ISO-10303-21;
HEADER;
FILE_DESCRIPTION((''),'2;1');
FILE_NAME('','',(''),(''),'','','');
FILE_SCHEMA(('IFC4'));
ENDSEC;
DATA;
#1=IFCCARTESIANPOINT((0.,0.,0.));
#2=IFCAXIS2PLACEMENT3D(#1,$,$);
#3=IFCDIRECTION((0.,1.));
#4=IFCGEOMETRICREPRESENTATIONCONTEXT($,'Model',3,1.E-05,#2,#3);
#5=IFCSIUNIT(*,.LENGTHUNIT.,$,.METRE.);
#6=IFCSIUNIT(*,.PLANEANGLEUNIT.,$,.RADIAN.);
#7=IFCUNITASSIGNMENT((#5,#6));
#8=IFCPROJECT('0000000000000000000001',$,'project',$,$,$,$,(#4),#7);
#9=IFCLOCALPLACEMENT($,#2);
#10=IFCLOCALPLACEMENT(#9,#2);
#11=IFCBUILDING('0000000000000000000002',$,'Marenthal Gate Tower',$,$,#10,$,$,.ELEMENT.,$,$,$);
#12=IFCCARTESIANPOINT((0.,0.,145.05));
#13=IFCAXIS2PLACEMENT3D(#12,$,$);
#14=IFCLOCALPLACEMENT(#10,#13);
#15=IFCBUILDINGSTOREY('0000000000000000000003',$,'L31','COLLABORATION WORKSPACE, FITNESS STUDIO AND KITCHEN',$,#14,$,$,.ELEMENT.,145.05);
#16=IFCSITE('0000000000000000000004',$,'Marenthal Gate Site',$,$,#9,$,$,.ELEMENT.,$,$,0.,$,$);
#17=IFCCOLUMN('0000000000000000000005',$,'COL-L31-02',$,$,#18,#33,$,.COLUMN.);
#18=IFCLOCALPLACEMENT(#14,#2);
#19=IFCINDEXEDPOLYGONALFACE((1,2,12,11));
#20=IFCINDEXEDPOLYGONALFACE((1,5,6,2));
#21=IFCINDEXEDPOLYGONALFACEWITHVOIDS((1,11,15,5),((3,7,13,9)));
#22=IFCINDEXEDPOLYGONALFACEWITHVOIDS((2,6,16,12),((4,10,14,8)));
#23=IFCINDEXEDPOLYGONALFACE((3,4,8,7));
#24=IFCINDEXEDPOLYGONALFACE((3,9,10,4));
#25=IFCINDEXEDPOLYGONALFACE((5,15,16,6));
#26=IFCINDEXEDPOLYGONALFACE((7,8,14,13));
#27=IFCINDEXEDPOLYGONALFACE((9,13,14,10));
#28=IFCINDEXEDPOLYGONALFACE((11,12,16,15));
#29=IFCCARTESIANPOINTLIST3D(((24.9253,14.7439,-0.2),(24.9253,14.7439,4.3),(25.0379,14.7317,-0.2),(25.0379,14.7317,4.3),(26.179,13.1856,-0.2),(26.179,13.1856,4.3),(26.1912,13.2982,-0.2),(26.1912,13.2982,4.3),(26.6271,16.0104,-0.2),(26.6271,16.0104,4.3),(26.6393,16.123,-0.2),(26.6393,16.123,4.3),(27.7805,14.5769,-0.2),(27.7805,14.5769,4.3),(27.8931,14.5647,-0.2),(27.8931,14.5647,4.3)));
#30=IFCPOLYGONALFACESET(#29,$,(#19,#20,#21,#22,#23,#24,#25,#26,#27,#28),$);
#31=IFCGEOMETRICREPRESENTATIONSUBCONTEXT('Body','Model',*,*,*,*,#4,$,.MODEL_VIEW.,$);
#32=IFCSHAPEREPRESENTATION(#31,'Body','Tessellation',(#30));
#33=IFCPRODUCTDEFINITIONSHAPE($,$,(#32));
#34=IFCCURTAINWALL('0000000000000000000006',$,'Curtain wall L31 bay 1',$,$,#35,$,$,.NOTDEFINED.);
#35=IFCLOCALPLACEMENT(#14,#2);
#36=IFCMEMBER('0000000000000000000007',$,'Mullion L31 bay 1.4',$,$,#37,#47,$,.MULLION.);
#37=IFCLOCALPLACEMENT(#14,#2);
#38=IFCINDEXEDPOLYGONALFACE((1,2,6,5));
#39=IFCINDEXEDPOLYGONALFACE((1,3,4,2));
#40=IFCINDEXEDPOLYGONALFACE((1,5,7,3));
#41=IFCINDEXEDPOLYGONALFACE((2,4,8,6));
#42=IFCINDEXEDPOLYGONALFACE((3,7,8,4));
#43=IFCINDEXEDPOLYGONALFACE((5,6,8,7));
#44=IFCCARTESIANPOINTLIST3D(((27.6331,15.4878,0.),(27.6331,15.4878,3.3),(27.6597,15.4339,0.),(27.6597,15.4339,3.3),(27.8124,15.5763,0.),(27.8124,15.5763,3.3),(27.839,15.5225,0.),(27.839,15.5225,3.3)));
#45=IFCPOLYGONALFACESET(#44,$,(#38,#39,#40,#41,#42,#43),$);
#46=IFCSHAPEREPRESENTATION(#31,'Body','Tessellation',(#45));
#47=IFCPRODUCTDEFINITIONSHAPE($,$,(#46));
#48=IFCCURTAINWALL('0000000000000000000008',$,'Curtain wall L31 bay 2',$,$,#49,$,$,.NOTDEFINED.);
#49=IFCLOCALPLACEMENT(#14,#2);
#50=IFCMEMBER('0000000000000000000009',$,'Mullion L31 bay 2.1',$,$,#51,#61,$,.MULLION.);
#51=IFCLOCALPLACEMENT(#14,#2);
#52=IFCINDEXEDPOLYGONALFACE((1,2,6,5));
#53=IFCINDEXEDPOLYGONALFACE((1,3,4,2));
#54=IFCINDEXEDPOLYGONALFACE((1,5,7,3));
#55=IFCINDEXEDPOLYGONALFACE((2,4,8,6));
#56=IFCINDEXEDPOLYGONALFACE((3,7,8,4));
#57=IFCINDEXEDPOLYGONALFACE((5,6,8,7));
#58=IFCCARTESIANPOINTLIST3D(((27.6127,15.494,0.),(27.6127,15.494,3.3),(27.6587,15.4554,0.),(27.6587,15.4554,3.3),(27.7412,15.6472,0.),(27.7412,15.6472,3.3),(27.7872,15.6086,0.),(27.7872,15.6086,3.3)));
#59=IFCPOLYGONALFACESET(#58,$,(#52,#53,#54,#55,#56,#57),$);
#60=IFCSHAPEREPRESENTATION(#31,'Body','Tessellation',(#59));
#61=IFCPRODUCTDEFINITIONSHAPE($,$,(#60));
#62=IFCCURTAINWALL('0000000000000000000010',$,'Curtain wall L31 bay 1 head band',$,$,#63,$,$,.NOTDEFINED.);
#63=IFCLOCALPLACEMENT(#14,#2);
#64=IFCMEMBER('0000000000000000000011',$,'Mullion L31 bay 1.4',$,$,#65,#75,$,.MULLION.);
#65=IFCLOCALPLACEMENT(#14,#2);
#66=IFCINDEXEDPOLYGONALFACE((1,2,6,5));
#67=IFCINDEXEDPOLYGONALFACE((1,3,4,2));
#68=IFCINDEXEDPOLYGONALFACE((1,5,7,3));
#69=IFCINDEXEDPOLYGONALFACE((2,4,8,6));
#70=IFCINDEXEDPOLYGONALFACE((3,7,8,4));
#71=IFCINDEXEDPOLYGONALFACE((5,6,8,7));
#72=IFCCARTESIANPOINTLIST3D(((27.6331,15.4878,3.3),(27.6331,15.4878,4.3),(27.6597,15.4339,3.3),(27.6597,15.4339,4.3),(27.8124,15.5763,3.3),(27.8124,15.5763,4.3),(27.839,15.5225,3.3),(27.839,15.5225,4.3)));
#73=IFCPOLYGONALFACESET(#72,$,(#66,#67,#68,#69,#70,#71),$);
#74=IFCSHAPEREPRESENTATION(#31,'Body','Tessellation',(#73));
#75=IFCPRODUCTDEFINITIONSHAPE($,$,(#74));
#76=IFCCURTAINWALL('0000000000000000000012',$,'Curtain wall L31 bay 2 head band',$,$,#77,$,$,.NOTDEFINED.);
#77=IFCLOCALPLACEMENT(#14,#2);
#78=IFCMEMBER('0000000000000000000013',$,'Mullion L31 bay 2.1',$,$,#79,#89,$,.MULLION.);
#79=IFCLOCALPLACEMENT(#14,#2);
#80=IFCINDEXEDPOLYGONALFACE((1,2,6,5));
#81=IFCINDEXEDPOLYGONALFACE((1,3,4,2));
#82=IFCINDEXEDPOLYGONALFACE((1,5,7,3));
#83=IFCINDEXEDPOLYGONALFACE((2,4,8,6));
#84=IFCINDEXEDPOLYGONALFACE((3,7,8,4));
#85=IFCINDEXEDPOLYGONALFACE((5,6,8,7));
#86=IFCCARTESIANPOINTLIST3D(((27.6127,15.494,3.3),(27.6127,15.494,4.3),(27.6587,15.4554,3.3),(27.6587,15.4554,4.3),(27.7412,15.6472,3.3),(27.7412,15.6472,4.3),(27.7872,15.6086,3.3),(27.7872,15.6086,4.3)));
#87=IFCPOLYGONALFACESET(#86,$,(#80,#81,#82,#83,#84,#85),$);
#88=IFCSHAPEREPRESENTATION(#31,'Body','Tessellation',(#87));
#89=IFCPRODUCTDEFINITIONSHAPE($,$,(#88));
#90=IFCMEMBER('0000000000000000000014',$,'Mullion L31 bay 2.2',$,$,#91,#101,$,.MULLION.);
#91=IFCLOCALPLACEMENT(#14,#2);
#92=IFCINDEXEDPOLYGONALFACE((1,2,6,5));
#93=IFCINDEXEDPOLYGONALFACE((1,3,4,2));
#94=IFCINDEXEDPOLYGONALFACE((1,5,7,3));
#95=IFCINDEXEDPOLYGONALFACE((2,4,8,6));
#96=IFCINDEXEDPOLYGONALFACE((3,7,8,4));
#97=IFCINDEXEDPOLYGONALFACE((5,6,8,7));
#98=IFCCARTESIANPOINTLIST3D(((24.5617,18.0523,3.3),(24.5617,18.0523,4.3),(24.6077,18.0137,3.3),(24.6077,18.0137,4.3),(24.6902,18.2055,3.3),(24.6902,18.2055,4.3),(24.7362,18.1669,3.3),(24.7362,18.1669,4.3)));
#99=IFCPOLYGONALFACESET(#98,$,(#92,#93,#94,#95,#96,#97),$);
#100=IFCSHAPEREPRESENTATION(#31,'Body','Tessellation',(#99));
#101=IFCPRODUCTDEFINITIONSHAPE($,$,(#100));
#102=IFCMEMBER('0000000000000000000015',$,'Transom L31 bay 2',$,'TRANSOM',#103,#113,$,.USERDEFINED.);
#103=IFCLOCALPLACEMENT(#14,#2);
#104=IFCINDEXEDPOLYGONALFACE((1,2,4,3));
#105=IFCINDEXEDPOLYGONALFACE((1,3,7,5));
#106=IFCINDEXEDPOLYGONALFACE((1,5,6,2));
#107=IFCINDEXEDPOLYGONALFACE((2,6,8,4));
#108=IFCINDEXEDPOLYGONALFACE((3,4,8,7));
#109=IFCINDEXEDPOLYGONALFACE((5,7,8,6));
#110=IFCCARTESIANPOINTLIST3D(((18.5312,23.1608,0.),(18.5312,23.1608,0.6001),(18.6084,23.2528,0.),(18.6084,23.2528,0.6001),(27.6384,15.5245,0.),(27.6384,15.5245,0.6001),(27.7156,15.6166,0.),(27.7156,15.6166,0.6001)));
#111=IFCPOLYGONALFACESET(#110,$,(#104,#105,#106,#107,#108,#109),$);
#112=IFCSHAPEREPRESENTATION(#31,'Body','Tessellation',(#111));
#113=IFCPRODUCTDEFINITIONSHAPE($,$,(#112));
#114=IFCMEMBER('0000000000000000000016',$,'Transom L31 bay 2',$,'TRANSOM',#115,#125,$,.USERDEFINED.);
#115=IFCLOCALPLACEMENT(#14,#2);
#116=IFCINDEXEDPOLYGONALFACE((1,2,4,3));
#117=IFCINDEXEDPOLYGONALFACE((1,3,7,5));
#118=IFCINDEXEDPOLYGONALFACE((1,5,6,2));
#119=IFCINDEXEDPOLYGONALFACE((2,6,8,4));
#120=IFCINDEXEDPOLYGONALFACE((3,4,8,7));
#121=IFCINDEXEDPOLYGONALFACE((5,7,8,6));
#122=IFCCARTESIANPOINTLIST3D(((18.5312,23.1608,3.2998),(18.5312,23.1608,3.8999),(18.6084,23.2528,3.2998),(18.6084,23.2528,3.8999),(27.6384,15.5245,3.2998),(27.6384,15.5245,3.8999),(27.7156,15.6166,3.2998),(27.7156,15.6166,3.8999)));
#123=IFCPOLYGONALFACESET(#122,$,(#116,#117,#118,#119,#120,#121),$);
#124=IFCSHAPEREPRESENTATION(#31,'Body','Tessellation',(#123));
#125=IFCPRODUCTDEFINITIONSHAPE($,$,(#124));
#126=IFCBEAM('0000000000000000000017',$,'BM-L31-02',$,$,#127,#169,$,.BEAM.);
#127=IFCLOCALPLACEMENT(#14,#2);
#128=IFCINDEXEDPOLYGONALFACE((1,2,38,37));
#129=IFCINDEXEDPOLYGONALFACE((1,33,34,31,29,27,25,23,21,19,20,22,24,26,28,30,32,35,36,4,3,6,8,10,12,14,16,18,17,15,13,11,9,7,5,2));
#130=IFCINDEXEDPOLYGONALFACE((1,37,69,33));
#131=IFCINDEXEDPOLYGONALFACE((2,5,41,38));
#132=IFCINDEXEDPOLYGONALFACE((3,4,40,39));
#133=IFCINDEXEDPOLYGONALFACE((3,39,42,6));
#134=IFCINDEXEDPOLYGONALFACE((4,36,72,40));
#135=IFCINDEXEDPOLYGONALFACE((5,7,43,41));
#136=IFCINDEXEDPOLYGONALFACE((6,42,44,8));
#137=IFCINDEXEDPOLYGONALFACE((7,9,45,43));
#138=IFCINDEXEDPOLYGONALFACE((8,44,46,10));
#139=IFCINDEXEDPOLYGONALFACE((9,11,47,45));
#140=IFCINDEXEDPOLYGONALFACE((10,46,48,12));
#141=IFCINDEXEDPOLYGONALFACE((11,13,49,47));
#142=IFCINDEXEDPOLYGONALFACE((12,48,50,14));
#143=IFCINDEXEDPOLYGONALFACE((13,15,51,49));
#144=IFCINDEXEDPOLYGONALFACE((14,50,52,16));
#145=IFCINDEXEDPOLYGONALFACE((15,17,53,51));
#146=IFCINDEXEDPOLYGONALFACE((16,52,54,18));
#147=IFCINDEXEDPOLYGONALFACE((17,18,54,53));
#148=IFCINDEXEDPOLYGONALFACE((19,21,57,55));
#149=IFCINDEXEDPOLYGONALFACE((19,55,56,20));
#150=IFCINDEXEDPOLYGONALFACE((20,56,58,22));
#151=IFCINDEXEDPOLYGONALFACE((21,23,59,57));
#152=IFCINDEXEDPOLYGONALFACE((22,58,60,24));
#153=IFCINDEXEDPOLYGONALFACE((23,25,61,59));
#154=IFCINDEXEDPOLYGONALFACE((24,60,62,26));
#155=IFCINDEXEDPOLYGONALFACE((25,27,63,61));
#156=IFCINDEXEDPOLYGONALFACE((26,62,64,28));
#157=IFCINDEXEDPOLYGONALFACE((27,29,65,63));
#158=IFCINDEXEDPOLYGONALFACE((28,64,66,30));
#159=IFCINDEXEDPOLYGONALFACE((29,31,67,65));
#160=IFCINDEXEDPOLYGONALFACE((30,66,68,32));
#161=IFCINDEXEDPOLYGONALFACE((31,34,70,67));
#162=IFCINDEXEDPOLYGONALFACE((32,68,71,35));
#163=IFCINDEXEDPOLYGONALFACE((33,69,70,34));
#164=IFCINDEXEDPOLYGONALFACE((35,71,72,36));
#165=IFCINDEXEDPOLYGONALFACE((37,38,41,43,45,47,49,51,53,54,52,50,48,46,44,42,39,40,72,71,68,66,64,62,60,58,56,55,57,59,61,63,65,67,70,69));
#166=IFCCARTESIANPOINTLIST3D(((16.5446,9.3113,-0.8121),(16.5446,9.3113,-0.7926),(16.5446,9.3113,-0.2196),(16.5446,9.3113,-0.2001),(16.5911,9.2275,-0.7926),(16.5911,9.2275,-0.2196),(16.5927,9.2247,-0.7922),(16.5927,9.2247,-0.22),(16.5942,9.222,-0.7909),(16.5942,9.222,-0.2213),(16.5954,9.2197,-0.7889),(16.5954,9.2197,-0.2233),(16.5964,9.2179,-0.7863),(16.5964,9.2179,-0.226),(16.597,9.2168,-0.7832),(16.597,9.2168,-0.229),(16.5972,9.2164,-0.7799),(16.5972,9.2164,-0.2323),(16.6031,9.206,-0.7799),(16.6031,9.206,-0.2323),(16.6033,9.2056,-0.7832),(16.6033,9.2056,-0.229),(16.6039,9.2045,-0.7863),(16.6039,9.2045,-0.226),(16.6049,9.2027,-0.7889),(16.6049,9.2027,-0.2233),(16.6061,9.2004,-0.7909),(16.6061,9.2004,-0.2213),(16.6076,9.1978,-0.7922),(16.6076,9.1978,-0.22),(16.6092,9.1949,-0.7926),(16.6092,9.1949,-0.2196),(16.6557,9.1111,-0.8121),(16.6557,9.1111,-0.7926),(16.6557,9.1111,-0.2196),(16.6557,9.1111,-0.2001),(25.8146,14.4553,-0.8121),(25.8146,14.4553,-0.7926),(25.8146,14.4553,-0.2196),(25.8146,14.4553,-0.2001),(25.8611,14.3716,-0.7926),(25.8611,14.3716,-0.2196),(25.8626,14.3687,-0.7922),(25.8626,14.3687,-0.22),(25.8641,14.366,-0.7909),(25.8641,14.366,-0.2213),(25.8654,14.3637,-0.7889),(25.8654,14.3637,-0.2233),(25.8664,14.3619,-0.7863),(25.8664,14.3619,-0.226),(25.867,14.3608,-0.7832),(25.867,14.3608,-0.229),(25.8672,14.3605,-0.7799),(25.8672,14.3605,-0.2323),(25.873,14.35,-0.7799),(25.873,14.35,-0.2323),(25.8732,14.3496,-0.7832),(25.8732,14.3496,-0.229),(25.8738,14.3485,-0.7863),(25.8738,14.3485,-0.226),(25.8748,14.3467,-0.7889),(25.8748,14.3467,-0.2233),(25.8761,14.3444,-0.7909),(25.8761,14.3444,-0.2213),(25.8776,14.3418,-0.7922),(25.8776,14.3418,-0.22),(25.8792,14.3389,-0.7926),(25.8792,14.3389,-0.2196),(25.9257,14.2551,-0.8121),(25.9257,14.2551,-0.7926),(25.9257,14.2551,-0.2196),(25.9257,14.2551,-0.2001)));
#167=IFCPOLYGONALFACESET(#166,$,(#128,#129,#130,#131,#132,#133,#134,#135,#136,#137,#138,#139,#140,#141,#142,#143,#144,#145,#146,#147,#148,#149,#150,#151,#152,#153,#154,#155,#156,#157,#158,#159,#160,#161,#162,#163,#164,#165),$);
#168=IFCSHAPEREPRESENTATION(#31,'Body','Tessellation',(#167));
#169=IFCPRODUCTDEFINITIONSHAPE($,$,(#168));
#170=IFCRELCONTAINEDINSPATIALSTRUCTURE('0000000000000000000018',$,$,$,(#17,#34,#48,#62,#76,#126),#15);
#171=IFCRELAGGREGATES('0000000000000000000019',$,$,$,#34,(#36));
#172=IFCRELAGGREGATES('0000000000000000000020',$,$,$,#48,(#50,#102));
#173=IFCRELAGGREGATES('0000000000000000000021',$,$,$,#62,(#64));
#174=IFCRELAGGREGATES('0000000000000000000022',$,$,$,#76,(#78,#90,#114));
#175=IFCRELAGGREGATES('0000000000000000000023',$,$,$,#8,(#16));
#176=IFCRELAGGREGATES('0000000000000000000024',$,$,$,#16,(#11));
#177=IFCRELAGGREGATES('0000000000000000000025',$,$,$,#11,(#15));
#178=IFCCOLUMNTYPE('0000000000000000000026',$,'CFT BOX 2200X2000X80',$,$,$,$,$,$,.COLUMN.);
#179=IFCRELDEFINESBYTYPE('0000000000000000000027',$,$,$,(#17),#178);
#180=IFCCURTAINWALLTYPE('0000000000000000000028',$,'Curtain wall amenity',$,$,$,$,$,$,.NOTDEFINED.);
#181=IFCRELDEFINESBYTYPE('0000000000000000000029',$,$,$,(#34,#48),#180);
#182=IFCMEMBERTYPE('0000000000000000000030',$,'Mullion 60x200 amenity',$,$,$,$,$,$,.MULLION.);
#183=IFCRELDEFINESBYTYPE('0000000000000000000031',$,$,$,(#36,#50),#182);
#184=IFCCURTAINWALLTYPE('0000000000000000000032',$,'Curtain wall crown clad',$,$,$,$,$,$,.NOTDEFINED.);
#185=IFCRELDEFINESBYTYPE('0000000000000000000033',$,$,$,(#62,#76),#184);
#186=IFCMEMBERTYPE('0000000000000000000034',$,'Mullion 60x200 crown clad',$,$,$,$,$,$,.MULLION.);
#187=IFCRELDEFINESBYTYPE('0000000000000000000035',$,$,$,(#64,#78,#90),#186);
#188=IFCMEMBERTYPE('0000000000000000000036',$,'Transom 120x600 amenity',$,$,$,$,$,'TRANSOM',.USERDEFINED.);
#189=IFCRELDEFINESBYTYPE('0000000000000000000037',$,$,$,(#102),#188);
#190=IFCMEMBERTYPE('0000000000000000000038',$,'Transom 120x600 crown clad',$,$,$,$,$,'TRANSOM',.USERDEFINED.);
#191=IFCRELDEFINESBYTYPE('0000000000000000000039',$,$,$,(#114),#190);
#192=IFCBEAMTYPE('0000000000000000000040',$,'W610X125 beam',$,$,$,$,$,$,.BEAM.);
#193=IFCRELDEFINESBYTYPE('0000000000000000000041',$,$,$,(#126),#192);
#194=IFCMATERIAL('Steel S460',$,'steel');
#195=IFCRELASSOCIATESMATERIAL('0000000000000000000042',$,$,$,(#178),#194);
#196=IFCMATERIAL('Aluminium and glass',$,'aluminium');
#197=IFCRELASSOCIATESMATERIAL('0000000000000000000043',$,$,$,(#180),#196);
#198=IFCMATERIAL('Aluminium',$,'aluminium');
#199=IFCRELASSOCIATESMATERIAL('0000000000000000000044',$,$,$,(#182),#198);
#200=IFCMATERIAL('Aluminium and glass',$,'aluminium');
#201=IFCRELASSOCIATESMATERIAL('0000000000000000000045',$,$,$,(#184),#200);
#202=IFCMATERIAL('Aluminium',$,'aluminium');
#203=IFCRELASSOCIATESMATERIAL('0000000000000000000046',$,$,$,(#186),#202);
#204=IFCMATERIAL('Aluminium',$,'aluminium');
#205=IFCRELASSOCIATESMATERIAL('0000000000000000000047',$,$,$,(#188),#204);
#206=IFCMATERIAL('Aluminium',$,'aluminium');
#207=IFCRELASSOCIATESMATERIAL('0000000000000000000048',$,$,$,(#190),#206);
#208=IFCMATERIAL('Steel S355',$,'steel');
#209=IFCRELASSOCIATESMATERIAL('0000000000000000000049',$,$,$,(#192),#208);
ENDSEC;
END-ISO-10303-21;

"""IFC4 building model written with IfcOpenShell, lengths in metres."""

from ifc_helpers import new_model, si_unit, direction, frame, origin, origin_2d, place, context, subcontext, project, spatial, rectangle, hollow_rectangle, i_section, extrude, material, material_profile, profile_set, type_object, element, aggregate, save


model = new_model("IFC4")

# Units and contexts
model_context = context("Model", 3, precision=1e-05, world=origin(), true_north=direction((0.0, 1.0)))
body_context = subcontext(model_context, "Body", "Model", "MODEL_VIEW")
ifc_project = project(units=[si_unit("LENGTHUNIT", "METRE"), si_unit("PLANEANGLEUNIT", "RADIAN")], contexts=[model_context])

# Site, building, storey
site_placement = place(None, origin())
site = spatial("IfcSite", under=ifc_project, at=site_placement, Name="Marenthal Gate Site", CompositionType="ELEMENT", RefElevation=0.0)
building_placement = place(site_placement, origin())
building = spatial("IfcBuilding", under=site, at=building_placement, Name="Marenthal Gate Tower", CompositionType="ELEMENT")
storey_placement = place(building_placement, frame((0.0, 0.0, 145.05)))
storey = spatial("IfcBuildingStorey", under=building, at=storey_placement, Name="L31", Description="COLLABORATION WORKSPACE, FITNESS STUDIO AND KITCHEN", CompositionType="ELEMENT", Elevation=145.05)

# Column
ifc_material_1 = material(Name="Steel S460", Category="steel")
ifc_material_profile_1 = material_profile(ifc_material_1, hollow_rectangle(XDim=2.0, YDim=2.2, WallThickness=0.0801, at=origin_2d()), Name="CFT BOX 2200X2000X80")
ifc_material_2 = material(Name="Concrete 70 MPa", Category="concrete")
ifc_material_profile_2 = material_profile(ifc_material_2, rectangle(XDim=1.8401, YDim=2.04, at=origin_2d()), Name="CFT BOX 2200X2000X80 INFILL")
ifc_profile_set_1 = profile_set([ifc_material_profile_1, ifc_material_profile_2], Name="Steel S460 shell, Concrete 70 MPa infill")
column_type = type_object("IfcColumnType", Name="CFT BOX 2200X2000X80", PredefinedType="COLUMN", material=ifc_profile_set_1)
column_placement = place(storey_placement, frame((26.4092, 14.6543, -0.2), z_axis=(0.0, 0.0, 1.0), x_axis=(0.626873, -0.779121, 0.0)))
element("IfcColumn", 1, at=column_placement, inside=storey, type_object=column_type, Name="COL-L31-02", PredefinedType="COLUMN", context=body_context, shape_type="SweptSolid", body=[
    extrude(hollow_rectangle(XDim=2.0, YDim=2.2, WallThickness=0.0801, at=origin_2d()), origin(), (0.0, 0.0, 1.0), 4.5),
])

# Curtain walls, members
ifc_material_3 = material(Name="Aluminium and glass", Category="aluminium")
curtain_wall_type_1 = type_object("IfcCurtainWallType", Name="Curtain wall amenity", PredefinedType="NOTDEFINED", material=ifc_material_3)
curtain_wall_1_placement = place(storey_placement, origin())
curtain_wall_1 = element("IfcCurtainWall", 2, at=curtain_wall_1_placement, inside=storey, type_object=curtain_wall_type_1, Name="Curtain wall L31 bay 1", PredefinedType="NOTDEFINED")
ifc_material_4 = material(Name="Aluminium", Category="aluminium")
ifc_material_profile_3 = material_profile(ifc_material_4, rectangle(XDim=0.2, YDim=0.0601, at=origin_2d()), Name="60x200 aluminium mullion")
ifc_profile_set_2 = profile_set([ifc_material_profile_3], Name="Aluminium")
member_type_1 = type_object("IfcMemberType", Name="Mullion 60x200 amenity", PredefinedType="MULLION", material=ifc_profile_set_2)
member_1_placement = place(storey_placement, frame((27.7361, 15.5051, 0.0), z_axis=(0.0, 0.0, 1.0), x_axis=(-0.896573, -0.442895, 0.0)))
member_1 = element("IfcMember", 3, at=member_1_placement, type_object=member_type_1, Name="Mullion L31 bay 1.4", PredefinedType="MULLION", context=body_context, shape_type="SweptSolid", body=[
    extrude(rectangle(XDim=0.2, YDim=0.0601, at=origin_2d()), origin(), (0.0, 0.0, 1.0), 3.3),
])
curtain_wall_2_placement = place(storey_placement, origin())
curtain_wall_2 = element("IfcCurtainWall", 4, at=curtain_wall_2_placement, inside=storey, type_object=curtain_wall_type_1, Name="Curtain wall L31 bay 2", PredefinedType="NOTDEFINED")
member_2_placement = place(storey_placement, frame((27.7, 15.5513, 0.0), z_axis=(0.0, 0.0, 1.0), x_axis=(-0.642511, -0.766277, 0.0)))
member_2 = element("IfcMember", 5, at=member_2_placement, type_object=member_type_1, Name="Mullion L31 bay 2.1", PredefinedType="MULLION", context=body_context, shape_type="SweptSolid", body=[
    extrude(rectangle(XDim=0.2, YDim=0.0601, at=origin_2d()), origin(), (0.0, 0.0, 1.0), 3.3),
])
ifc_material_5 = material(Name="Aluminium and glass", Category="aluminium")
curtain_wall_type_2 = type_object("IfcCurtainWallType", Name="Curtain wall crown clad", PredefinedType="NOTDEFINED", material=ifc_material_5)
curtain_wall_3_placement = place(storey_placement, origin())
curtain_wall_3 = element("IfcCurtainWall", 6, at=curtain_wall_3_placement, inside=storey, type_object=curtain_wall_type_2, Name="Curtain wall L31 bay 1 head band", PredefinedType="NOTDEFINED")
ifc_material_6 = material(Name="Aluminium", Category="aluminium")
ifc_material_profile_4 = material_profile(ifc_material_6, rectangle(XDim=0.2, YDim=0.0601, at=origin_2d()), Name="60x200 aluminium mullion")
ifc_profile_set_3 = profile_set([ifc_material_profile_4], Name="Aluminium")
member_type_2 = type_object("IfcMemberType", Name="Mullion 60x200 crown clad", PredefinedType="MULLION", material=ifc_profile_set_3)
member_3_placement = place(storey_placement, frame((27.7361, 15.5051, 3.3), z_axis=(0.0, 0.0, 1.0), x_axis=(-0.896573, -0.442895, 0.0)))
member_3 = element("IfcMember", 7, at=member_3_placement, type_object=member_type_2, Name="Mullion L31 bay 1.4", PredefinedType="MULLION", context=body_context, shape_type="SweptSolid", body=[
    extrude(rectangle(XDim=0.2, YDim=0.0601, at=origin_2d()), origin(), (0.0, 0.0, 1.0), 1.0),
])

# Curtain wall, members
curtain_wall_4_placement = place(storey_placement, origin())
curtain_wall_4 = element("IfcCurtainWall", 8, at=curtain_wall_4_placement, inside=storey, type_object=curtain_wall_type_2, Name="Curtain wall L31 bay 2 head band", PredefinedType="NOTDEFINED")
member_4_placement = place(storey_placement, frame((27.7, 15.5513, 3.3), z_axis=(0.0, 0.0, 1.0), x_axis=(-0.642511, -0.766277, 0.0)))
member_4 = element("IfcMember", 9, at=member_4_placement, type_object=member_type_2, Name="Mullion L31 bay 2.1", PredefinedType="MULLION", context=body_context, shape_type="SweptSolid", body=[
    extrude(rectangle(XDim=0.2, YDim=0.0601, at=origin_2d()), origin(), (0.0, 0.0, 1.0), 1.0),
])
member_5_placement = place(storey_placement, frame((24.6489, 18.1096, 3.3), z_axis=(0.0, 0.0, 1.0), x_axis=(-0.642511, -0.766277, 0.0)))
member_5 = element("IfcMember", 10, at=member_5_placement, type_object=member_type_2, Name="Mullion L31 bay 2.2", PredefinedType="MULLION", context=body_context, shape_type="SweptSolid", body=[
    extrude(rectangle(XDim=0.2, YDim=0.0601, at=origin_2d()), origin(), (0.0, 0.0, 1.0), 1.0),
])

# Members
ifc_material_7 = material(Name="Aluminium", Category="aluminium")
ifc_material_profile_5 = material_profile(ifc_material_7, rectangle(XDim=0.1201, YDim=0.6001, at=origin_2d()), Name="120x600 aluminium transom")
ifc_profile_set_4 = profile_set([ifc_material_profile_5], Name="Aluminium")
member_type_3 = type_object("IfcMemberType", Name="Transom 120x600 amenity", ElementType="TRANSOM", PredefinedType="USERDEFINED", material=ifc_profile_set_4)
member_6_placement = place(storey_placement, frame((27.677, 15.5706, 0.3), z_axis=(-0.766276, 0.642511, 0.0), x_axis=(-0.642511, -0.766276, 0.0)))
member_6 = element("IfcMember", 11, at=member_6_placement, type_object=member_type_3, Name="Transom L31 bay 2", ObjectType="TRANSOM", PredefinedType="USERDEFINED", context=body_context, shape_type="SweptSolid", body=[
    extrude(rectangle(XDim=0.1201, YDim=0.6001, at=origin_2d()), origin(), (0.0, 0.0, 1.0), 11.885),
])
ifc_material_8 = material(Name="Aluminium", Category="aluminium")
ifc_material_profile_6 = material_profile(ifc_material_8, rectangle(XDim=0.1201, YDim=0.6001, at=origin_2d()), Name="120x600 aluminium transom")
ifc_profile_set_5 = profile_set([ifc_material_profile_6], Name="Aluminium")
member_type_4 = type_object("IfcMemberType", Name="Transom 120x600 crown clad", ElementType="TRANSOM", PredefinedType="USERDEFINED", material=ifc_profile_set_5)
member_7_placement = place(storey_placement, frame((27.677, 15.5706, 3.5999), z_axis=(-0.766276, 0.642511, 0.0), x_axis=(-0.642511, -0.766276, 0.0)))
member_7 = element("IfcMember", 12, at=member_7_placement, type_object=member_type_4, Name="Transom L31 bay 2", ObjectType="TRANSOM", PredefinedType="USERDEFINED", context=body_context, shape_type="SweptSolid", body=[
    extrude(rectangle(XDim=0.1201, YDim=0.6001, at=origin_2d()), origin(), (0.0, 0.0, 1.0), 11.885),
])

# Beam
ifc_material_9 = material(Name="Steel S355", Category="steel")
ifc_material_profile_7 = material_profile(ifc_material_9, i_section(OverallWidth=0.229, OverallDepth=0.6121, WebThickness=0.012, FlangeThickness=0.0195, FilletRadius=0.0127, at=origin_2d()), Name="W610X125")
ifc_profile_set_6 = profile_set([ifc_material_profile_7], Name="Steel S355")
beam_type = type_object("IfcBeamType", Name="W610X125 beam", PredefinedType="BEAM", material=ifc_profile_set_6)
beam_1_placement = place(storey_placement, frame((25.8701, 14.3552, -0.5061), z_axis=(-0.874396, -0.485213, 0.0), x_axis=(0.485213, -0.874396, 0.0)))
element("IfcBeam", 13, at=beam_1_placement, inside=storey, type_object=beam_type, Name="BM-L31-02", PredefinedType="BEAM", context=body_context, shape_type="SweptSolid", body=[
    extrude(i_section(OverallWidth=0.229, OverallDepth=0.6121, WebThickness=0.012, FlangeThickness=0.0195, FilletRadius=0.0127, at=origin_2d()), origin(), (0.0, 0.0, 1.0), 10.6016),
])

aggregate(curtain_wall_1, [member_1])
aggregate(curtain_wall_2, [member_2, member_6])
aggregate(curtain_wall_3, [member_3])
aggregate(curtain_wall_4, [member_4, member_5, member_7])

save(model, "model.ifc")
